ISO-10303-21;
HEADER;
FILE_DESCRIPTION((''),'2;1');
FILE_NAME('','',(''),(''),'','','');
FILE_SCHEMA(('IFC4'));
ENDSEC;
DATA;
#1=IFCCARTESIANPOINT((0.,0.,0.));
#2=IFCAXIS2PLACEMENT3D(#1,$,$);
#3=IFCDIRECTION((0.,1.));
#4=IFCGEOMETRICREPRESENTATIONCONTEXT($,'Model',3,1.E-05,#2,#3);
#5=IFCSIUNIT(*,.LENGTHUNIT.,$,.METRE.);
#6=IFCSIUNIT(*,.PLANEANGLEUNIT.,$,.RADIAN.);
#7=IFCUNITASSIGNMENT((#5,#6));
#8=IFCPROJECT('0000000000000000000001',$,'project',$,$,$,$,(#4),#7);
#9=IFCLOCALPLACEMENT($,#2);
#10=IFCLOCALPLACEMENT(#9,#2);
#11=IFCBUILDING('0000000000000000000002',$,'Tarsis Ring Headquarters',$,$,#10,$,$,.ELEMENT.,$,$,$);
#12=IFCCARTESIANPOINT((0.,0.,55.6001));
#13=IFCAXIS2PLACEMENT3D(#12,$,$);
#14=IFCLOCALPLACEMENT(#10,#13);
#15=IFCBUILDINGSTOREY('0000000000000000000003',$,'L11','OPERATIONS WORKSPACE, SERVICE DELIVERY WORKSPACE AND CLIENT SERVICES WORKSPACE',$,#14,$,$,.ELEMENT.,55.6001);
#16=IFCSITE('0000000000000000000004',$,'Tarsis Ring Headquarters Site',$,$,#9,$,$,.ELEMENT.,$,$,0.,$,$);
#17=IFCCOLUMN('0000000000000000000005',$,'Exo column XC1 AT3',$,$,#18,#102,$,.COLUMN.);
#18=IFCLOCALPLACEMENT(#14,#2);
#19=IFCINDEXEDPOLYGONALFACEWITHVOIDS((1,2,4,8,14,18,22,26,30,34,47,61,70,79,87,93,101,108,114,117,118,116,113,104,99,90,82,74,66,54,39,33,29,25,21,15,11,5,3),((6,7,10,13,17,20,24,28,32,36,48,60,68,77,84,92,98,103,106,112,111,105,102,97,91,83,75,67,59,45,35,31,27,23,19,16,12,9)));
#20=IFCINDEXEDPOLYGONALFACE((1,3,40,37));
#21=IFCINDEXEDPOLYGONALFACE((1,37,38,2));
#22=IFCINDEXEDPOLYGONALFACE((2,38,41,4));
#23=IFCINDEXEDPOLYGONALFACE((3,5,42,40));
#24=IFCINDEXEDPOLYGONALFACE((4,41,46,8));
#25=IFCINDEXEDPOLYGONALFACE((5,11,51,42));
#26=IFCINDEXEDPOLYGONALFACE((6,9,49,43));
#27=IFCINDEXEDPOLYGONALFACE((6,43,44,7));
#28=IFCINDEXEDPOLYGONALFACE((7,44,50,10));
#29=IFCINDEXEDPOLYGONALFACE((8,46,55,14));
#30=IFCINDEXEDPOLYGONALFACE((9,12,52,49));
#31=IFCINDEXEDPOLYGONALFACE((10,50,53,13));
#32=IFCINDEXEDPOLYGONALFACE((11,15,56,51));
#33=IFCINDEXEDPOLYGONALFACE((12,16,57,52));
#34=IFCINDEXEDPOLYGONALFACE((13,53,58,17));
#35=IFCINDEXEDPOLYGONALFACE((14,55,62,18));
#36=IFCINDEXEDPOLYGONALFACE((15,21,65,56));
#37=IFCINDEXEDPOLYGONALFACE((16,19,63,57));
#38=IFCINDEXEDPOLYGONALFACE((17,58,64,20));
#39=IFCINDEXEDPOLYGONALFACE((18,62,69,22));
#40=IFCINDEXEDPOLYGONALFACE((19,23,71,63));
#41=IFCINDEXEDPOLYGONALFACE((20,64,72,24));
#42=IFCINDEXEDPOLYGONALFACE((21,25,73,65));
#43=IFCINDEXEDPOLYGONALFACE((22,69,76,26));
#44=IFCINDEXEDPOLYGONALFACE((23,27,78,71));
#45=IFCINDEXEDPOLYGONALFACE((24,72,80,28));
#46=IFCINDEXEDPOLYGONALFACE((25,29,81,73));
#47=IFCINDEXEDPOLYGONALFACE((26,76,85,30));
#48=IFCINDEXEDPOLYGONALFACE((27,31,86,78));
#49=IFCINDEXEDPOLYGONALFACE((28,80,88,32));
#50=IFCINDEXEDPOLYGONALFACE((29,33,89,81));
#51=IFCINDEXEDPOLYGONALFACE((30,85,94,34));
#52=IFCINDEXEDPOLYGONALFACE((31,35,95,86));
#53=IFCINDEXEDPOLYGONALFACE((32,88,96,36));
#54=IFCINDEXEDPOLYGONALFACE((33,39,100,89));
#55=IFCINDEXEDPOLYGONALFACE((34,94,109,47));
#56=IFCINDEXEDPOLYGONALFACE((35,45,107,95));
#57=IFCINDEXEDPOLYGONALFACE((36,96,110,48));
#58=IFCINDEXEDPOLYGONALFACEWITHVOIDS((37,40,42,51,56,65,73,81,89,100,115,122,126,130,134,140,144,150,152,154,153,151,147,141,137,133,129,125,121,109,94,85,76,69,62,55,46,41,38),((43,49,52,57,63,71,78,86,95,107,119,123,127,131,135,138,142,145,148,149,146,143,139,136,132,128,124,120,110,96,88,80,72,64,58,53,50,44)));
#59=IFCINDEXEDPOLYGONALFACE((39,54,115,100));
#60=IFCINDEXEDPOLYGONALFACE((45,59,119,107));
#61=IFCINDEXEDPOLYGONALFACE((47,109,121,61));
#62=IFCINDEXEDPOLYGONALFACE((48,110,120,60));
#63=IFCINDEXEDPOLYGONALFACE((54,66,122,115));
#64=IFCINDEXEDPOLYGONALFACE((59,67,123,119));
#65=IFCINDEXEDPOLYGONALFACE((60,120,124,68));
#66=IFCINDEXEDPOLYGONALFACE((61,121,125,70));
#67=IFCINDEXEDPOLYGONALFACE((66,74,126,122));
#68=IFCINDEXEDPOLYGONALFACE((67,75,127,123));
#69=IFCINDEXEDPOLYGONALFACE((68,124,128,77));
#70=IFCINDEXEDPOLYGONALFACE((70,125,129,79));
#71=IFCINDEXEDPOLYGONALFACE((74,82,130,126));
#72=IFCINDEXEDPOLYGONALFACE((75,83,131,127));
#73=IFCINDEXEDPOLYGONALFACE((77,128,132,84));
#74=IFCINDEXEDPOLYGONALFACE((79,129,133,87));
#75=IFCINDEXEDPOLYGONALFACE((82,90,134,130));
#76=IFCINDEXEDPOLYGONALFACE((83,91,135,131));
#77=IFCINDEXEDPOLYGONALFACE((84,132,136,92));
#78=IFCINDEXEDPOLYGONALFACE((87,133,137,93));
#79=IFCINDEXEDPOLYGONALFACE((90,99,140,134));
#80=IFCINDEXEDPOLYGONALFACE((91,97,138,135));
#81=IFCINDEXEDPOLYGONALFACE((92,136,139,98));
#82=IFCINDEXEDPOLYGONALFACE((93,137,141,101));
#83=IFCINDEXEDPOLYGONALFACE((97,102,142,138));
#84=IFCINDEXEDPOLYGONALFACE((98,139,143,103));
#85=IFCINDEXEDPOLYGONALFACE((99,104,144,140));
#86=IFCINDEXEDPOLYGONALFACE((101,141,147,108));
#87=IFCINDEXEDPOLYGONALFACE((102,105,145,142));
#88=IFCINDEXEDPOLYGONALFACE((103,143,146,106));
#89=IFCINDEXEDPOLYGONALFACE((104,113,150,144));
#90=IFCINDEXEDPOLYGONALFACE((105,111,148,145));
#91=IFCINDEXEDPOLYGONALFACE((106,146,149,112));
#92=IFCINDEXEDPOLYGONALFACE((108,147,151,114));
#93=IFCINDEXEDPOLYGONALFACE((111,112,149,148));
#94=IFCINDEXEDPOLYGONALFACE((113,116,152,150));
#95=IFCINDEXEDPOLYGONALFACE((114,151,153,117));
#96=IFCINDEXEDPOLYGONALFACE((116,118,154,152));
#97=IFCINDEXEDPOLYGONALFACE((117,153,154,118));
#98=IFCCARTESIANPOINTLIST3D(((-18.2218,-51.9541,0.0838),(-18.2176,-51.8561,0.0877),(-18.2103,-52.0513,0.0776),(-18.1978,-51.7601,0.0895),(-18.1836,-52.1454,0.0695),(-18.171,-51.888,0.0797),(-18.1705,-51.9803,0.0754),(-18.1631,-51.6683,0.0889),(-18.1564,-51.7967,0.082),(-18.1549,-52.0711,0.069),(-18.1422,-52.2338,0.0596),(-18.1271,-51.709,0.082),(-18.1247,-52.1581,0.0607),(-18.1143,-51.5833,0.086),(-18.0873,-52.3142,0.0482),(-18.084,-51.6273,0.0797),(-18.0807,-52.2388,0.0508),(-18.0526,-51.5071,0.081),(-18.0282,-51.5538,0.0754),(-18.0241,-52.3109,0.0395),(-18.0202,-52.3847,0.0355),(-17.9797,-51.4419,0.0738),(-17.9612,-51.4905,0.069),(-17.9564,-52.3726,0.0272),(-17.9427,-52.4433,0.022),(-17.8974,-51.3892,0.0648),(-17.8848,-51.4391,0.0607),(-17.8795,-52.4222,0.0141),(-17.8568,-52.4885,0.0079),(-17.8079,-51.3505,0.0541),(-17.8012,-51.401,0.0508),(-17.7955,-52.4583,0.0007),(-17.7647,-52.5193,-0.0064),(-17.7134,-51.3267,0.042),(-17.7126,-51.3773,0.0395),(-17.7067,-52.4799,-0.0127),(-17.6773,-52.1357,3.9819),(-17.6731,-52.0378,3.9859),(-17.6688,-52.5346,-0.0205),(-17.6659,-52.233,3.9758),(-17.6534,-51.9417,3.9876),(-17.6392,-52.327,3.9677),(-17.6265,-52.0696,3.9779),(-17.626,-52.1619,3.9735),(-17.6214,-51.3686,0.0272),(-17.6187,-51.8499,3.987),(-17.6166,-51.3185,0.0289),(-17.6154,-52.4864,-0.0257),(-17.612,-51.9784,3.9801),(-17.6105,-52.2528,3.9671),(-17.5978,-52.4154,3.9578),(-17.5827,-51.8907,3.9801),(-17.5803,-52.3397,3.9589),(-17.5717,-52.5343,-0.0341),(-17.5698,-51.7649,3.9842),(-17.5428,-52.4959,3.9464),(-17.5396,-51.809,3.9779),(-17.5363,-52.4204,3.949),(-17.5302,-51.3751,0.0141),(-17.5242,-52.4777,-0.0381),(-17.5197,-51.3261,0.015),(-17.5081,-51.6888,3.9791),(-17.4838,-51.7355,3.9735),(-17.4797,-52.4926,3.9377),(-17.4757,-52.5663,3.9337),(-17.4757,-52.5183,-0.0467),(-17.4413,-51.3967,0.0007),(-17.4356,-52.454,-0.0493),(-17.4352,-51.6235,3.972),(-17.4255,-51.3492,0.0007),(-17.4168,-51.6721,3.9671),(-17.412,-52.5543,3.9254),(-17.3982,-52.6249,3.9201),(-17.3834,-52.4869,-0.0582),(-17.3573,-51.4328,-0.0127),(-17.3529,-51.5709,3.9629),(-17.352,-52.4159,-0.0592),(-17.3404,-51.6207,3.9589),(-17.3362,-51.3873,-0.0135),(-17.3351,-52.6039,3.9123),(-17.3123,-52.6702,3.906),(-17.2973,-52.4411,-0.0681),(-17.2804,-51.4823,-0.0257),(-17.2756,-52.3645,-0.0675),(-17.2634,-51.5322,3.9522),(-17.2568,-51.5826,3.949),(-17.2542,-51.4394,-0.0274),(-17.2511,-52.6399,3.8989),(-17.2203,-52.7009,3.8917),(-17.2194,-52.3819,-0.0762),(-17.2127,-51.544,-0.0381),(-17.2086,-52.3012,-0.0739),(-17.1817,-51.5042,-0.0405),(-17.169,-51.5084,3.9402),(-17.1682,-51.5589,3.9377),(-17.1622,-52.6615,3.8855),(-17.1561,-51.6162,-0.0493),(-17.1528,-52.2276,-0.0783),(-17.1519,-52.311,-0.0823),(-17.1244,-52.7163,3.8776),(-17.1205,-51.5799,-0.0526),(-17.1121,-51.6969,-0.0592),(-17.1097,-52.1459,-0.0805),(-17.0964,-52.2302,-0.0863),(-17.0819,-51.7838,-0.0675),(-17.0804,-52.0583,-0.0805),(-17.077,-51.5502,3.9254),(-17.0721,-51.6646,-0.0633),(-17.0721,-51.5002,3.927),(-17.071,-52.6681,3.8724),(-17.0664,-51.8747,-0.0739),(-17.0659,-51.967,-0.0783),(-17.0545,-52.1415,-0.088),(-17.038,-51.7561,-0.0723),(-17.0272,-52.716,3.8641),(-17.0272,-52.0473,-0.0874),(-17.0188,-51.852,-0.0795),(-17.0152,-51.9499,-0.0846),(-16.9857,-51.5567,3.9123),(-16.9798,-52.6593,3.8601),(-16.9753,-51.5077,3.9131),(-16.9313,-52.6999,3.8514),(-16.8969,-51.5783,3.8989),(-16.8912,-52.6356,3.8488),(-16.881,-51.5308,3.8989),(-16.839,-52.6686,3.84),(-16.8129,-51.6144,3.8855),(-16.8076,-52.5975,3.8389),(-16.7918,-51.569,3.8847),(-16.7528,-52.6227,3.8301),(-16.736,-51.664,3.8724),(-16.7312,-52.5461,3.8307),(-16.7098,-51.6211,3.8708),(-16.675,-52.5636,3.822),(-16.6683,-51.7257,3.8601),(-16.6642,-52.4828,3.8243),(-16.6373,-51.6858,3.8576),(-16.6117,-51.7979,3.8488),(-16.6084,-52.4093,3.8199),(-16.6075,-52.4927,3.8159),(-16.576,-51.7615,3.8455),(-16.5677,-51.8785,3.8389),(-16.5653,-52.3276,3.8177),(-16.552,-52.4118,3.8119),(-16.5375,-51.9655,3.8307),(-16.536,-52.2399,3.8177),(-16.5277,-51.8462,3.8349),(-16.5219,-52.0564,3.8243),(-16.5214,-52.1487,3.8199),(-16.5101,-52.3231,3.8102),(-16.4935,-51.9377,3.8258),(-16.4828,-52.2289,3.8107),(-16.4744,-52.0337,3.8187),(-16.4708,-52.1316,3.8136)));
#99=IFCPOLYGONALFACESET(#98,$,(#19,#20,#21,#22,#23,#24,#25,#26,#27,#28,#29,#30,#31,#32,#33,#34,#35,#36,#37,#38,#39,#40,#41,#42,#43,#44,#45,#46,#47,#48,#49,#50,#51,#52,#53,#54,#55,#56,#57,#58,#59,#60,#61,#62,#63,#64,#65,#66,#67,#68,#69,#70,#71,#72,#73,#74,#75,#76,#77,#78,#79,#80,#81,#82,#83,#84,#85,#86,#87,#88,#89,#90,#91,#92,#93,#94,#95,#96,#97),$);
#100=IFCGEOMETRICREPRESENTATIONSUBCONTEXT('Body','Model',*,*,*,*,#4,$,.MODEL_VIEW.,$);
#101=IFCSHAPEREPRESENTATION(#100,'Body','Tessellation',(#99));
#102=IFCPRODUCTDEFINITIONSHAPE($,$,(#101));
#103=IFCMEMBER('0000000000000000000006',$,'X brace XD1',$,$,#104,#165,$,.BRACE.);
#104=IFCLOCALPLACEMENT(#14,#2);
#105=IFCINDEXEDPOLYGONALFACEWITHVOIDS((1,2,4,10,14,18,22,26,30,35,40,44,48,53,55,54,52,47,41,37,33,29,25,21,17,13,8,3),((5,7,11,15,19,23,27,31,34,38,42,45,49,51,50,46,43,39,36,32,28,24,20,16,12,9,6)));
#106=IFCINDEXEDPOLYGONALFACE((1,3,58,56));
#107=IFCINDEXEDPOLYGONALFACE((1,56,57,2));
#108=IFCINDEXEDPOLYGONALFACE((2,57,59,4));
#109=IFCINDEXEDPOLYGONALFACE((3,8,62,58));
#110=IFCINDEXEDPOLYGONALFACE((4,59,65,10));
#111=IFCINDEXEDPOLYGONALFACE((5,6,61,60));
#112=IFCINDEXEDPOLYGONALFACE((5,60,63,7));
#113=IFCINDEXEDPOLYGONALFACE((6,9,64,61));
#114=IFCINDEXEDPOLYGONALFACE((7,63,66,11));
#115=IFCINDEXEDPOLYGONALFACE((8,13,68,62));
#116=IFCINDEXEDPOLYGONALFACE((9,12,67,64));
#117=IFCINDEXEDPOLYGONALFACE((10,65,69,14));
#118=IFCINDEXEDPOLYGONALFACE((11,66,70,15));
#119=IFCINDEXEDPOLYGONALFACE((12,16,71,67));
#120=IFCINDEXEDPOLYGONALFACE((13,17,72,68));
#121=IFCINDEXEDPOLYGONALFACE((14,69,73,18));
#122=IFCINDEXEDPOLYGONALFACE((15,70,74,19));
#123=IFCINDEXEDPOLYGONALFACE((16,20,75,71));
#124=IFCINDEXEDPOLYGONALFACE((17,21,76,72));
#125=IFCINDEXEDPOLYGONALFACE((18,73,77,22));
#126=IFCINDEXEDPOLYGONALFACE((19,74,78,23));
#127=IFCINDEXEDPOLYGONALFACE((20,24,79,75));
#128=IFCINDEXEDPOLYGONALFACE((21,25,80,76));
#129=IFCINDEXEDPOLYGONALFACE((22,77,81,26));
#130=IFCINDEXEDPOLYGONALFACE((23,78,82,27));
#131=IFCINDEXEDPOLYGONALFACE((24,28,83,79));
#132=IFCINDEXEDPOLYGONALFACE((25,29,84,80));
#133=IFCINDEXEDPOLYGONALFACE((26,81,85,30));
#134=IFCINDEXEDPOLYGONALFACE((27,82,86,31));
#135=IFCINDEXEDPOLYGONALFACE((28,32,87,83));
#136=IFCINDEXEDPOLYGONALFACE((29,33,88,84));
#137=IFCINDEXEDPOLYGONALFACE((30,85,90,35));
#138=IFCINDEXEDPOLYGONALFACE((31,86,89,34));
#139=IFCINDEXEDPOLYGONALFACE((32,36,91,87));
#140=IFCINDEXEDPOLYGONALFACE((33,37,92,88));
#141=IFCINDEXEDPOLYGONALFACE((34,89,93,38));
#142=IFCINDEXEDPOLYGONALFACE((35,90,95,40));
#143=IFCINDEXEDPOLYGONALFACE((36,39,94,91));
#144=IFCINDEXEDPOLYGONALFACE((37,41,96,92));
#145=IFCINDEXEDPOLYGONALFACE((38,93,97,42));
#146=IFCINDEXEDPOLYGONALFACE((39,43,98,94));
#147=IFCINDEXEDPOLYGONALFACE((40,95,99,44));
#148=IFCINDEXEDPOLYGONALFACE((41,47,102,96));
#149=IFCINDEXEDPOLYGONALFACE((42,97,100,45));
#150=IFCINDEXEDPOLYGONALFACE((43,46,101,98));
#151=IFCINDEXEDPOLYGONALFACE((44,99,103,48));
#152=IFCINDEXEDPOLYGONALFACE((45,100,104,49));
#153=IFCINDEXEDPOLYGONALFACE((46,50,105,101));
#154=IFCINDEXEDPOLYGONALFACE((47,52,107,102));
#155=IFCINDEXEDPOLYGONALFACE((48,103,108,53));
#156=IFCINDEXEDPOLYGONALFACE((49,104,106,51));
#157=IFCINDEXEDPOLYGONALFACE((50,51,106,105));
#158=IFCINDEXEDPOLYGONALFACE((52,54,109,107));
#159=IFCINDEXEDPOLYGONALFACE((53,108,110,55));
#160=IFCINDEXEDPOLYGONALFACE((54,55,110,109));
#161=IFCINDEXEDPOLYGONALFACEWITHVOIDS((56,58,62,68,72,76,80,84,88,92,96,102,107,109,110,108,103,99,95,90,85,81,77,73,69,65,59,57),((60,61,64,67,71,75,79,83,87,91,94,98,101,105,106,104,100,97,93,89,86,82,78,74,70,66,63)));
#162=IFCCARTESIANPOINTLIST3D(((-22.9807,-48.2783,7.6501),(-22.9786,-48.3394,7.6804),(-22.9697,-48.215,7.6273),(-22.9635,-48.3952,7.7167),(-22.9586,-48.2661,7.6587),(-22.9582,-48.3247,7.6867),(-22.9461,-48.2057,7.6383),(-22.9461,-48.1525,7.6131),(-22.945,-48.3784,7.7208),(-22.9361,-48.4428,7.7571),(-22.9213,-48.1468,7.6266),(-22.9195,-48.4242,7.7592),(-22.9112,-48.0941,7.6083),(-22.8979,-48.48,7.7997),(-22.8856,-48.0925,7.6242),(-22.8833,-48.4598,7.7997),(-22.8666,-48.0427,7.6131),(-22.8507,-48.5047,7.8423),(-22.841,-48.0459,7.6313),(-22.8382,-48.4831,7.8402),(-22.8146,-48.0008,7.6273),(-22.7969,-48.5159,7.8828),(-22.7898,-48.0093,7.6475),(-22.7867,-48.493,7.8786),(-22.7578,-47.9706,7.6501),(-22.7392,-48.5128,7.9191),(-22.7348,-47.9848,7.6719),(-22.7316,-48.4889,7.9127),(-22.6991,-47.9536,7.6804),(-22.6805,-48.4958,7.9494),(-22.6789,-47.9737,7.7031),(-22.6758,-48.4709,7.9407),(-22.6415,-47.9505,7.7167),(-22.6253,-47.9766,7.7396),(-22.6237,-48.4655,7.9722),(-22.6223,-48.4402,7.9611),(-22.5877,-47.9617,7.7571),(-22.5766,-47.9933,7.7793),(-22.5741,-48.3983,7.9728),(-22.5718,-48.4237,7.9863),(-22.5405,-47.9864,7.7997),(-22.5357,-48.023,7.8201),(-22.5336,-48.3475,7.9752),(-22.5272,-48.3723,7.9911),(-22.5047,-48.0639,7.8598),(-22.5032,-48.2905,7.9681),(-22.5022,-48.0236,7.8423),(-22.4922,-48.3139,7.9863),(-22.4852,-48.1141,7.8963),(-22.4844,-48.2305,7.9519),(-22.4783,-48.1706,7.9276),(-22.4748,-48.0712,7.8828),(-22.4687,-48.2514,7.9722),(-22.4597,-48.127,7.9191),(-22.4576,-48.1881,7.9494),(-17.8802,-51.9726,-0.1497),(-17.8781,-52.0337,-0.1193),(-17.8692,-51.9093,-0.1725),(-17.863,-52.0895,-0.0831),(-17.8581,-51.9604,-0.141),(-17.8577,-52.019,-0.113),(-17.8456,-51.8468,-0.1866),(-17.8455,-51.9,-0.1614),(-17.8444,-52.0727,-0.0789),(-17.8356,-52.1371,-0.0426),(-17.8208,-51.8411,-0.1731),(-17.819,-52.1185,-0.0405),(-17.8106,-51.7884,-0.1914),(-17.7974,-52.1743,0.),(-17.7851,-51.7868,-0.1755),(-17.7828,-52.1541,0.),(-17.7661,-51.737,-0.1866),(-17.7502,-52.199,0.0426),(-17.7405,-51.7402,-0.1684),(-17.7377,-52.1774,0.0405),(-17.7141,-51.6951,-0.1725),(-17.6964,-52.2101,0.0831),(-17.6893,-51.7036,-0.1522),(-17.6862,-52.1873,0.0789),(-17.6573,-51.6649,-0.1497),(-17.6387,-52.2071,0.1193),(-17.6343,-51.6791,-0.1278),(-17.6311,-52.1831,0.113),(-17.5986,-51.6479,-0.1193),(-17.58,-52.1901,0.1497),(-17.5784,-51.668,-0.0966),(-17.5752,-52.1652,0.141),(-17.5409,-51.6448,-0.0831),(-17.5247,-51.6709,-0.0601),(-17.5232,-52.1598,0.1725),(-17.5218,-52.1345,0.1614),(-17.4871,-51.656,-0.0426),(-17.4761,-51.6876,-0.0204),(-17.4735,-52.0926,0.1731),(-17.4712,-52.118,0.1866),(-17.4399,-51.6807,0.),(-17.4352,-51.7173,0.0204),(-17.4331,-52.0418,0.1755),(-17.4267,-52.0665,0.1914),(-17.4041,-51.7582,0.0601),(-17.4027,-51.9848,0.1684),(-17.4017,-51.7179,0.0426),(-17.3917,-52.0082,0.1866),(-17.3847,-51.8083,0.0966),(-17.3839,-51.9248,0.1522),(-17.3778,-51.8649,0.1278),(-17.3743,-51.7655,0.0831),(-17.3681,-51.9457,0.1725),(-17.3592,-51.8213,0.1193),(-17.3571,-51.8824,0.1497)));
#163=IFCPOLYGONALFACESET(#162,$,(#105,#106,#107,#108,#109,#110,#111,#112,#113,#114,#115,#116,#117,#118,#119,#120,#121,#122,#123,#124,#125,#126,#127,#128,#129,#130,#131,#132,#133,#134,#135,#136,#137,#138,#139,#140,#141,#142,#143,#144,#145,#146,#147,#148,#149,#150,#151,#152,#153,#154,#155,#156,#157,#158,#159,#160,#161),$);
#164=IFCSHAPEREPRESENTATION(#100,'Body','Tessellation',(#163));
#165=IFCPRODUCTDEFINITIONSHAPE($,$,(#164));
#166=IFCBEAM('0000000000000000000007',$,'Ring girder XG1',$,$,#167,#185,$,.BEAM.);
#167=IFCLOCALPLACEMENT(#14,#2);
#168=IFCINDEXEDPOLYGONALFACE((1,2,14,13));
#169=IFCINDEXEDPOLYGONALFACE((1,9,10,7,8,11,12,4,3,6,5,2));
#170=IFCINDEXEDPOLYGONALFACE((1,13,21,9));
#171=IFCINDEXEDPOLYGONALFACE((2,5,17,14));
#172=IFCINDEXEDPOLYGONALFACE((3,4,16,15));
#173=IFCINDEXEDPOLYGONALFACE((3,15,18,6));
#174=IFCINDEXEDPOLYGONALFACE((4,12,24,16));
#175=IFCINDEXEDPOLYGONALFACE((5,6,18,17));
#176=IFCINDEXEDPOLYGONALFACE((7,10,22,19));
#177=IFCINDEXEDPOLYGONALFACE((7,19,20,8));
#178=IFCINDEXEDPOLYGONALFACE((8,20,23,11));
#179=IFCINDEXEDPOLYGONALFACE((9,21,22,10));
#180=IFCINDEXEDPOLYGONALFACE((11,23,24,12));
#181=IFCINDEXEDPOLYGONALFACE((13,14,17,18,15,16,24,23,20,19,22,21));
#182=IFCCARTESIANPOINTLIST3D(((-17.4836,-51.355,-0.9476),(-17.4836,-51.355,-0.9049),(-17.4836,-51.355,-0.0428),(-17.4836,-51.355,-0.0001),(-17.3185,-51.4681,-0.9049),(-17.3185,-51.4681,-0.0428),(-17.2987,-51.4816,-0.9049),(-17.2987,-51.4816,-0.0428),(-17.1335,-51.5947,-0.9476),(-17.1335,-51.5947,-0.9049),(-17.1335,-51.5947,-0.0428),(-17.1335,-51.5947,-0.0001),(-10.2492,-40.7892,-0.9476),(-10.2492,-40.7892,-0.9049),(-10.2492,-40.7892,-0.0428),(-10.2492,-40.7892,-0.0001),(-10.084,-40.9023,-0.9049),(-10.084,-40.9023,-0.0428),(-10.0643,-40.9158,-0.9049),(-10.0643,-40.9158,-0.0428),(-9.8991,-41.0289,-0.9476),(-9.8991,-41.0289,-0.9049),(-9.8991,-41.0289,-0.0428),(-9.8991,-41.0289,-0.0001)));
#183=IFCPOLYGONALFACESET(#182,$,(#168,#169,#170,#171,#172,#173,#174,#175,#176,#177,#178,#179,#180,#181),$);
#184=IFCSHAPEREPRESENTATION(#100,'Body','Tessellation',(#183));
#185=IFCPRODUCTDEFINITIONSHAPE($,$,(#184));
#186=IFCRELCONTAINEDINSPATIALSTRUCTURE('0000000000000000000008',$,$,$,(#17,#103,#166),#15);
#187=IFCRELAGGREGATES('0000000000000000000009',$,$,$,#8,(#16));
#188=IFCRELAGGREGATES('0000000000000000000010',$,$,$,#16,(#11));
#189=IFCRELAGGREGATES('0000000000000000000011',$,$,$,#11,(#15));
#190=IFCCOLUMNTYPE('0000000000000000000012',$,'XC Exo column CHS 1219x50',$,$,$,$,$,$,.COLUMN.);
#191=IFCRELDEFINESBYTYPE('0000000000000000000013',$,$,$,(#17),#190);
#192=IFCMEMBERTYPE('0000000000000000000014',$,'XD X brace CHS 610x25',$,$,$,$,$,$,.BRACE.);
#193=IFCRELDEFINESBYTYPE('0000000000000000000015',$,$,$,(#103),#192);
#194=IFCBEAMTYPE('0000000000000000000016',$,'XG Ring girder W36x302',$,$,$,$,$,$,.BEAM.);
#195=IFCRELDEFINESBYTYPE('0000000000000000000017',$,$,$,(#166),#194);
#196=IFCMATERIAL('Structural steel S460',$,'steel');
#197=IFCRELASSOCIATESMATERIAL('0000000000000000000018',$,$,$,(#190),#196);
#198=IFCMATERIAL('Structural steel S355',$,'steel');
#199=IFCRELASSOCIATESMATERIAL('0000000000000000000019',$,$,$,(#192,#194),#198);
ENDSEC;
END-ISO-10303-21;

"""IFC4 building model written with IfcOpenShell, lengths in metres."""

from ifc_helpers import new_model, si_unit, direction, frame, origin, origin_2d, place, context, subcontext, project, spatial, hollow_circle, i_section, extrude, material, material_profile, profile_set, type_object, element, save


model = new_model("IFC4")

# Units and contexts
model_context = context("Model", 3, precision=1e-05, world=origin(), true_north=direction((0.0, 1.0)))
body_context = subcontext(model_context, "Body", "Model", "MODEL_VIEW")
ifc_project = project(units=[si_unit("LENGTHUNIT", "METRE"), si_unit("PLANEANGLEUNIT", "RADIAN")], contexts=[model_context])

# Site, building, storey
site_placement = place(None, origin())
site = spatial("IfcSite", under=ifc_project, at=site_placement, Name="Tarsis Ring Headquarters Site", CompositionType="ELEMENT", RefElevation=0.0)
building_placement = place(site_placement, origin())
building = spatial("IfcBuilding", under=site, at=building_placement, Name="Tarsis Ring Headquarters", CompositionType="ELEMENT")
storey_placement = place(building_placement, frame((0.0, 0.0, 55.6001)))
storey = spatial("IfcBuildingStorey", under=building, at=storey_placement, Name="L11", Description="OPERATIONS WORKSPACE, SERVICE DELIVERY WORKSPACE AND CLIENT SERVICES WORKSPACE", CompositionType="ELEMENT", Elevation=55.6001)

# Column
ifc_material_1 = material(Name="Structural steel S460", Category="steel")
ifc_material_profile_1 = material_profile(ifc_material_1, hollow_circle(Radius=0.6096, WallThickness=0.05, at=origin_2d()), Name="CHS 1219x50")
ifc_profile_set_1 = profile_set([ifc_material_profile_1], Name="Structural steel S460")
column_type = type_object("IfcColumnType", Name="XC Exo column CHS 1219x50", PredefinedType="COLUMN", material=ifc_profile_set_1)
column_placement = place(storey_placement, frame((-17.6184, -51.9275, 0.0007), z_axis=(0.138173, -0.046099, 0.989335), x_axis=(0.316483, 0.948598, 0.0)))
element("IfcColumn", 1, at=column_placement, inside=storey, type_object=column_type, Name="Exo column XC1 AT3", PredefinedType="COLUMN", context=body_context, shape_type="SweptSolid", body=[
    extrude(hollow_circle(Radius=0.6096, WallThickness=0.05, at=origin_2d()), origin(), (0.0, 0.0, 1.0), 3.9402),
])

# Member
ifc_material_2 = material(Name="Structural steel S355", Category="steel")
ifc_material_profile_2 = material_profile(ifc_material_2, hollow_circle(Radius=0.3047, WallThickness=0.0249, at=origin_2d()), Name="CHS 610x25")
ifc_profile_set_2 = profile_set([ifc_material_profile_2], Name="Structural steel S355")
member_type = type_object("IfcMemberType", Name="XD X brace CHS 610x25", PredefinedType="BRACE", material=ifc_profile_set_2)
member_placement = place(storey_placement, frame((-17.6187, -51.9275, 0.0), z_axis=(-0.508786, 0.368512, 0.778034), x_axis=(-0.586594, -0.809881, 0.0)))
element("IfcMember", 2, at=member_placement, inside=storey, type_object=member_type, Name="X brace XD1", PredefinedType="BRACE", context=body_context, shape_type="SweptSolid", body=[
    extrude(hollow_circle(Radius=0.3047, WallThickness=0.0249, at=origin_2d()), origin(), (0.0, 0.0, 1.0), 10.0249),
])

# Beam
ifc_material_profile_3 = material_profile(ifc_material_2, i_section(OverallWidth=0.4243, OverallDepth=0.9475, WebThickness=0.0239, FlangeThickness=0.0427, at=origin_2d()), Name="W36x302")
ifc_profile_set_3 = profile_set([ifc_material_profile_3], Name="Structural steel S355")
beam_type = type_object("IfcBeamType", Name="XG Ring girder W36x302", PredefinedType="BEAM", material=ifc_profile_set_3)
beam_placement = place(storey_placement, frame((-17.3086, -51.4749, -0.4739), z_axis=(0.564962, 0.825117, 0.0), x_axis=(-0.825117, 0.564962, 0.0)))
element("IfcBeam", 3, at=beam_placement, inside=storey, type_object=beam_type, Name="Ring girder XG1", PredefinedType="BEAM", context=body_context, shape_type="SweptSolid", body=[
    extrude(i_section(OverallWidth=0.4243, OverallDepth=0.9475, WebThickness=0.0239, FlangeThickness=0.0427, at=origin_2d()), origin(), (0.0, 0.0, 1.0), 12.8052),
])

save(model, "model.ifc")
